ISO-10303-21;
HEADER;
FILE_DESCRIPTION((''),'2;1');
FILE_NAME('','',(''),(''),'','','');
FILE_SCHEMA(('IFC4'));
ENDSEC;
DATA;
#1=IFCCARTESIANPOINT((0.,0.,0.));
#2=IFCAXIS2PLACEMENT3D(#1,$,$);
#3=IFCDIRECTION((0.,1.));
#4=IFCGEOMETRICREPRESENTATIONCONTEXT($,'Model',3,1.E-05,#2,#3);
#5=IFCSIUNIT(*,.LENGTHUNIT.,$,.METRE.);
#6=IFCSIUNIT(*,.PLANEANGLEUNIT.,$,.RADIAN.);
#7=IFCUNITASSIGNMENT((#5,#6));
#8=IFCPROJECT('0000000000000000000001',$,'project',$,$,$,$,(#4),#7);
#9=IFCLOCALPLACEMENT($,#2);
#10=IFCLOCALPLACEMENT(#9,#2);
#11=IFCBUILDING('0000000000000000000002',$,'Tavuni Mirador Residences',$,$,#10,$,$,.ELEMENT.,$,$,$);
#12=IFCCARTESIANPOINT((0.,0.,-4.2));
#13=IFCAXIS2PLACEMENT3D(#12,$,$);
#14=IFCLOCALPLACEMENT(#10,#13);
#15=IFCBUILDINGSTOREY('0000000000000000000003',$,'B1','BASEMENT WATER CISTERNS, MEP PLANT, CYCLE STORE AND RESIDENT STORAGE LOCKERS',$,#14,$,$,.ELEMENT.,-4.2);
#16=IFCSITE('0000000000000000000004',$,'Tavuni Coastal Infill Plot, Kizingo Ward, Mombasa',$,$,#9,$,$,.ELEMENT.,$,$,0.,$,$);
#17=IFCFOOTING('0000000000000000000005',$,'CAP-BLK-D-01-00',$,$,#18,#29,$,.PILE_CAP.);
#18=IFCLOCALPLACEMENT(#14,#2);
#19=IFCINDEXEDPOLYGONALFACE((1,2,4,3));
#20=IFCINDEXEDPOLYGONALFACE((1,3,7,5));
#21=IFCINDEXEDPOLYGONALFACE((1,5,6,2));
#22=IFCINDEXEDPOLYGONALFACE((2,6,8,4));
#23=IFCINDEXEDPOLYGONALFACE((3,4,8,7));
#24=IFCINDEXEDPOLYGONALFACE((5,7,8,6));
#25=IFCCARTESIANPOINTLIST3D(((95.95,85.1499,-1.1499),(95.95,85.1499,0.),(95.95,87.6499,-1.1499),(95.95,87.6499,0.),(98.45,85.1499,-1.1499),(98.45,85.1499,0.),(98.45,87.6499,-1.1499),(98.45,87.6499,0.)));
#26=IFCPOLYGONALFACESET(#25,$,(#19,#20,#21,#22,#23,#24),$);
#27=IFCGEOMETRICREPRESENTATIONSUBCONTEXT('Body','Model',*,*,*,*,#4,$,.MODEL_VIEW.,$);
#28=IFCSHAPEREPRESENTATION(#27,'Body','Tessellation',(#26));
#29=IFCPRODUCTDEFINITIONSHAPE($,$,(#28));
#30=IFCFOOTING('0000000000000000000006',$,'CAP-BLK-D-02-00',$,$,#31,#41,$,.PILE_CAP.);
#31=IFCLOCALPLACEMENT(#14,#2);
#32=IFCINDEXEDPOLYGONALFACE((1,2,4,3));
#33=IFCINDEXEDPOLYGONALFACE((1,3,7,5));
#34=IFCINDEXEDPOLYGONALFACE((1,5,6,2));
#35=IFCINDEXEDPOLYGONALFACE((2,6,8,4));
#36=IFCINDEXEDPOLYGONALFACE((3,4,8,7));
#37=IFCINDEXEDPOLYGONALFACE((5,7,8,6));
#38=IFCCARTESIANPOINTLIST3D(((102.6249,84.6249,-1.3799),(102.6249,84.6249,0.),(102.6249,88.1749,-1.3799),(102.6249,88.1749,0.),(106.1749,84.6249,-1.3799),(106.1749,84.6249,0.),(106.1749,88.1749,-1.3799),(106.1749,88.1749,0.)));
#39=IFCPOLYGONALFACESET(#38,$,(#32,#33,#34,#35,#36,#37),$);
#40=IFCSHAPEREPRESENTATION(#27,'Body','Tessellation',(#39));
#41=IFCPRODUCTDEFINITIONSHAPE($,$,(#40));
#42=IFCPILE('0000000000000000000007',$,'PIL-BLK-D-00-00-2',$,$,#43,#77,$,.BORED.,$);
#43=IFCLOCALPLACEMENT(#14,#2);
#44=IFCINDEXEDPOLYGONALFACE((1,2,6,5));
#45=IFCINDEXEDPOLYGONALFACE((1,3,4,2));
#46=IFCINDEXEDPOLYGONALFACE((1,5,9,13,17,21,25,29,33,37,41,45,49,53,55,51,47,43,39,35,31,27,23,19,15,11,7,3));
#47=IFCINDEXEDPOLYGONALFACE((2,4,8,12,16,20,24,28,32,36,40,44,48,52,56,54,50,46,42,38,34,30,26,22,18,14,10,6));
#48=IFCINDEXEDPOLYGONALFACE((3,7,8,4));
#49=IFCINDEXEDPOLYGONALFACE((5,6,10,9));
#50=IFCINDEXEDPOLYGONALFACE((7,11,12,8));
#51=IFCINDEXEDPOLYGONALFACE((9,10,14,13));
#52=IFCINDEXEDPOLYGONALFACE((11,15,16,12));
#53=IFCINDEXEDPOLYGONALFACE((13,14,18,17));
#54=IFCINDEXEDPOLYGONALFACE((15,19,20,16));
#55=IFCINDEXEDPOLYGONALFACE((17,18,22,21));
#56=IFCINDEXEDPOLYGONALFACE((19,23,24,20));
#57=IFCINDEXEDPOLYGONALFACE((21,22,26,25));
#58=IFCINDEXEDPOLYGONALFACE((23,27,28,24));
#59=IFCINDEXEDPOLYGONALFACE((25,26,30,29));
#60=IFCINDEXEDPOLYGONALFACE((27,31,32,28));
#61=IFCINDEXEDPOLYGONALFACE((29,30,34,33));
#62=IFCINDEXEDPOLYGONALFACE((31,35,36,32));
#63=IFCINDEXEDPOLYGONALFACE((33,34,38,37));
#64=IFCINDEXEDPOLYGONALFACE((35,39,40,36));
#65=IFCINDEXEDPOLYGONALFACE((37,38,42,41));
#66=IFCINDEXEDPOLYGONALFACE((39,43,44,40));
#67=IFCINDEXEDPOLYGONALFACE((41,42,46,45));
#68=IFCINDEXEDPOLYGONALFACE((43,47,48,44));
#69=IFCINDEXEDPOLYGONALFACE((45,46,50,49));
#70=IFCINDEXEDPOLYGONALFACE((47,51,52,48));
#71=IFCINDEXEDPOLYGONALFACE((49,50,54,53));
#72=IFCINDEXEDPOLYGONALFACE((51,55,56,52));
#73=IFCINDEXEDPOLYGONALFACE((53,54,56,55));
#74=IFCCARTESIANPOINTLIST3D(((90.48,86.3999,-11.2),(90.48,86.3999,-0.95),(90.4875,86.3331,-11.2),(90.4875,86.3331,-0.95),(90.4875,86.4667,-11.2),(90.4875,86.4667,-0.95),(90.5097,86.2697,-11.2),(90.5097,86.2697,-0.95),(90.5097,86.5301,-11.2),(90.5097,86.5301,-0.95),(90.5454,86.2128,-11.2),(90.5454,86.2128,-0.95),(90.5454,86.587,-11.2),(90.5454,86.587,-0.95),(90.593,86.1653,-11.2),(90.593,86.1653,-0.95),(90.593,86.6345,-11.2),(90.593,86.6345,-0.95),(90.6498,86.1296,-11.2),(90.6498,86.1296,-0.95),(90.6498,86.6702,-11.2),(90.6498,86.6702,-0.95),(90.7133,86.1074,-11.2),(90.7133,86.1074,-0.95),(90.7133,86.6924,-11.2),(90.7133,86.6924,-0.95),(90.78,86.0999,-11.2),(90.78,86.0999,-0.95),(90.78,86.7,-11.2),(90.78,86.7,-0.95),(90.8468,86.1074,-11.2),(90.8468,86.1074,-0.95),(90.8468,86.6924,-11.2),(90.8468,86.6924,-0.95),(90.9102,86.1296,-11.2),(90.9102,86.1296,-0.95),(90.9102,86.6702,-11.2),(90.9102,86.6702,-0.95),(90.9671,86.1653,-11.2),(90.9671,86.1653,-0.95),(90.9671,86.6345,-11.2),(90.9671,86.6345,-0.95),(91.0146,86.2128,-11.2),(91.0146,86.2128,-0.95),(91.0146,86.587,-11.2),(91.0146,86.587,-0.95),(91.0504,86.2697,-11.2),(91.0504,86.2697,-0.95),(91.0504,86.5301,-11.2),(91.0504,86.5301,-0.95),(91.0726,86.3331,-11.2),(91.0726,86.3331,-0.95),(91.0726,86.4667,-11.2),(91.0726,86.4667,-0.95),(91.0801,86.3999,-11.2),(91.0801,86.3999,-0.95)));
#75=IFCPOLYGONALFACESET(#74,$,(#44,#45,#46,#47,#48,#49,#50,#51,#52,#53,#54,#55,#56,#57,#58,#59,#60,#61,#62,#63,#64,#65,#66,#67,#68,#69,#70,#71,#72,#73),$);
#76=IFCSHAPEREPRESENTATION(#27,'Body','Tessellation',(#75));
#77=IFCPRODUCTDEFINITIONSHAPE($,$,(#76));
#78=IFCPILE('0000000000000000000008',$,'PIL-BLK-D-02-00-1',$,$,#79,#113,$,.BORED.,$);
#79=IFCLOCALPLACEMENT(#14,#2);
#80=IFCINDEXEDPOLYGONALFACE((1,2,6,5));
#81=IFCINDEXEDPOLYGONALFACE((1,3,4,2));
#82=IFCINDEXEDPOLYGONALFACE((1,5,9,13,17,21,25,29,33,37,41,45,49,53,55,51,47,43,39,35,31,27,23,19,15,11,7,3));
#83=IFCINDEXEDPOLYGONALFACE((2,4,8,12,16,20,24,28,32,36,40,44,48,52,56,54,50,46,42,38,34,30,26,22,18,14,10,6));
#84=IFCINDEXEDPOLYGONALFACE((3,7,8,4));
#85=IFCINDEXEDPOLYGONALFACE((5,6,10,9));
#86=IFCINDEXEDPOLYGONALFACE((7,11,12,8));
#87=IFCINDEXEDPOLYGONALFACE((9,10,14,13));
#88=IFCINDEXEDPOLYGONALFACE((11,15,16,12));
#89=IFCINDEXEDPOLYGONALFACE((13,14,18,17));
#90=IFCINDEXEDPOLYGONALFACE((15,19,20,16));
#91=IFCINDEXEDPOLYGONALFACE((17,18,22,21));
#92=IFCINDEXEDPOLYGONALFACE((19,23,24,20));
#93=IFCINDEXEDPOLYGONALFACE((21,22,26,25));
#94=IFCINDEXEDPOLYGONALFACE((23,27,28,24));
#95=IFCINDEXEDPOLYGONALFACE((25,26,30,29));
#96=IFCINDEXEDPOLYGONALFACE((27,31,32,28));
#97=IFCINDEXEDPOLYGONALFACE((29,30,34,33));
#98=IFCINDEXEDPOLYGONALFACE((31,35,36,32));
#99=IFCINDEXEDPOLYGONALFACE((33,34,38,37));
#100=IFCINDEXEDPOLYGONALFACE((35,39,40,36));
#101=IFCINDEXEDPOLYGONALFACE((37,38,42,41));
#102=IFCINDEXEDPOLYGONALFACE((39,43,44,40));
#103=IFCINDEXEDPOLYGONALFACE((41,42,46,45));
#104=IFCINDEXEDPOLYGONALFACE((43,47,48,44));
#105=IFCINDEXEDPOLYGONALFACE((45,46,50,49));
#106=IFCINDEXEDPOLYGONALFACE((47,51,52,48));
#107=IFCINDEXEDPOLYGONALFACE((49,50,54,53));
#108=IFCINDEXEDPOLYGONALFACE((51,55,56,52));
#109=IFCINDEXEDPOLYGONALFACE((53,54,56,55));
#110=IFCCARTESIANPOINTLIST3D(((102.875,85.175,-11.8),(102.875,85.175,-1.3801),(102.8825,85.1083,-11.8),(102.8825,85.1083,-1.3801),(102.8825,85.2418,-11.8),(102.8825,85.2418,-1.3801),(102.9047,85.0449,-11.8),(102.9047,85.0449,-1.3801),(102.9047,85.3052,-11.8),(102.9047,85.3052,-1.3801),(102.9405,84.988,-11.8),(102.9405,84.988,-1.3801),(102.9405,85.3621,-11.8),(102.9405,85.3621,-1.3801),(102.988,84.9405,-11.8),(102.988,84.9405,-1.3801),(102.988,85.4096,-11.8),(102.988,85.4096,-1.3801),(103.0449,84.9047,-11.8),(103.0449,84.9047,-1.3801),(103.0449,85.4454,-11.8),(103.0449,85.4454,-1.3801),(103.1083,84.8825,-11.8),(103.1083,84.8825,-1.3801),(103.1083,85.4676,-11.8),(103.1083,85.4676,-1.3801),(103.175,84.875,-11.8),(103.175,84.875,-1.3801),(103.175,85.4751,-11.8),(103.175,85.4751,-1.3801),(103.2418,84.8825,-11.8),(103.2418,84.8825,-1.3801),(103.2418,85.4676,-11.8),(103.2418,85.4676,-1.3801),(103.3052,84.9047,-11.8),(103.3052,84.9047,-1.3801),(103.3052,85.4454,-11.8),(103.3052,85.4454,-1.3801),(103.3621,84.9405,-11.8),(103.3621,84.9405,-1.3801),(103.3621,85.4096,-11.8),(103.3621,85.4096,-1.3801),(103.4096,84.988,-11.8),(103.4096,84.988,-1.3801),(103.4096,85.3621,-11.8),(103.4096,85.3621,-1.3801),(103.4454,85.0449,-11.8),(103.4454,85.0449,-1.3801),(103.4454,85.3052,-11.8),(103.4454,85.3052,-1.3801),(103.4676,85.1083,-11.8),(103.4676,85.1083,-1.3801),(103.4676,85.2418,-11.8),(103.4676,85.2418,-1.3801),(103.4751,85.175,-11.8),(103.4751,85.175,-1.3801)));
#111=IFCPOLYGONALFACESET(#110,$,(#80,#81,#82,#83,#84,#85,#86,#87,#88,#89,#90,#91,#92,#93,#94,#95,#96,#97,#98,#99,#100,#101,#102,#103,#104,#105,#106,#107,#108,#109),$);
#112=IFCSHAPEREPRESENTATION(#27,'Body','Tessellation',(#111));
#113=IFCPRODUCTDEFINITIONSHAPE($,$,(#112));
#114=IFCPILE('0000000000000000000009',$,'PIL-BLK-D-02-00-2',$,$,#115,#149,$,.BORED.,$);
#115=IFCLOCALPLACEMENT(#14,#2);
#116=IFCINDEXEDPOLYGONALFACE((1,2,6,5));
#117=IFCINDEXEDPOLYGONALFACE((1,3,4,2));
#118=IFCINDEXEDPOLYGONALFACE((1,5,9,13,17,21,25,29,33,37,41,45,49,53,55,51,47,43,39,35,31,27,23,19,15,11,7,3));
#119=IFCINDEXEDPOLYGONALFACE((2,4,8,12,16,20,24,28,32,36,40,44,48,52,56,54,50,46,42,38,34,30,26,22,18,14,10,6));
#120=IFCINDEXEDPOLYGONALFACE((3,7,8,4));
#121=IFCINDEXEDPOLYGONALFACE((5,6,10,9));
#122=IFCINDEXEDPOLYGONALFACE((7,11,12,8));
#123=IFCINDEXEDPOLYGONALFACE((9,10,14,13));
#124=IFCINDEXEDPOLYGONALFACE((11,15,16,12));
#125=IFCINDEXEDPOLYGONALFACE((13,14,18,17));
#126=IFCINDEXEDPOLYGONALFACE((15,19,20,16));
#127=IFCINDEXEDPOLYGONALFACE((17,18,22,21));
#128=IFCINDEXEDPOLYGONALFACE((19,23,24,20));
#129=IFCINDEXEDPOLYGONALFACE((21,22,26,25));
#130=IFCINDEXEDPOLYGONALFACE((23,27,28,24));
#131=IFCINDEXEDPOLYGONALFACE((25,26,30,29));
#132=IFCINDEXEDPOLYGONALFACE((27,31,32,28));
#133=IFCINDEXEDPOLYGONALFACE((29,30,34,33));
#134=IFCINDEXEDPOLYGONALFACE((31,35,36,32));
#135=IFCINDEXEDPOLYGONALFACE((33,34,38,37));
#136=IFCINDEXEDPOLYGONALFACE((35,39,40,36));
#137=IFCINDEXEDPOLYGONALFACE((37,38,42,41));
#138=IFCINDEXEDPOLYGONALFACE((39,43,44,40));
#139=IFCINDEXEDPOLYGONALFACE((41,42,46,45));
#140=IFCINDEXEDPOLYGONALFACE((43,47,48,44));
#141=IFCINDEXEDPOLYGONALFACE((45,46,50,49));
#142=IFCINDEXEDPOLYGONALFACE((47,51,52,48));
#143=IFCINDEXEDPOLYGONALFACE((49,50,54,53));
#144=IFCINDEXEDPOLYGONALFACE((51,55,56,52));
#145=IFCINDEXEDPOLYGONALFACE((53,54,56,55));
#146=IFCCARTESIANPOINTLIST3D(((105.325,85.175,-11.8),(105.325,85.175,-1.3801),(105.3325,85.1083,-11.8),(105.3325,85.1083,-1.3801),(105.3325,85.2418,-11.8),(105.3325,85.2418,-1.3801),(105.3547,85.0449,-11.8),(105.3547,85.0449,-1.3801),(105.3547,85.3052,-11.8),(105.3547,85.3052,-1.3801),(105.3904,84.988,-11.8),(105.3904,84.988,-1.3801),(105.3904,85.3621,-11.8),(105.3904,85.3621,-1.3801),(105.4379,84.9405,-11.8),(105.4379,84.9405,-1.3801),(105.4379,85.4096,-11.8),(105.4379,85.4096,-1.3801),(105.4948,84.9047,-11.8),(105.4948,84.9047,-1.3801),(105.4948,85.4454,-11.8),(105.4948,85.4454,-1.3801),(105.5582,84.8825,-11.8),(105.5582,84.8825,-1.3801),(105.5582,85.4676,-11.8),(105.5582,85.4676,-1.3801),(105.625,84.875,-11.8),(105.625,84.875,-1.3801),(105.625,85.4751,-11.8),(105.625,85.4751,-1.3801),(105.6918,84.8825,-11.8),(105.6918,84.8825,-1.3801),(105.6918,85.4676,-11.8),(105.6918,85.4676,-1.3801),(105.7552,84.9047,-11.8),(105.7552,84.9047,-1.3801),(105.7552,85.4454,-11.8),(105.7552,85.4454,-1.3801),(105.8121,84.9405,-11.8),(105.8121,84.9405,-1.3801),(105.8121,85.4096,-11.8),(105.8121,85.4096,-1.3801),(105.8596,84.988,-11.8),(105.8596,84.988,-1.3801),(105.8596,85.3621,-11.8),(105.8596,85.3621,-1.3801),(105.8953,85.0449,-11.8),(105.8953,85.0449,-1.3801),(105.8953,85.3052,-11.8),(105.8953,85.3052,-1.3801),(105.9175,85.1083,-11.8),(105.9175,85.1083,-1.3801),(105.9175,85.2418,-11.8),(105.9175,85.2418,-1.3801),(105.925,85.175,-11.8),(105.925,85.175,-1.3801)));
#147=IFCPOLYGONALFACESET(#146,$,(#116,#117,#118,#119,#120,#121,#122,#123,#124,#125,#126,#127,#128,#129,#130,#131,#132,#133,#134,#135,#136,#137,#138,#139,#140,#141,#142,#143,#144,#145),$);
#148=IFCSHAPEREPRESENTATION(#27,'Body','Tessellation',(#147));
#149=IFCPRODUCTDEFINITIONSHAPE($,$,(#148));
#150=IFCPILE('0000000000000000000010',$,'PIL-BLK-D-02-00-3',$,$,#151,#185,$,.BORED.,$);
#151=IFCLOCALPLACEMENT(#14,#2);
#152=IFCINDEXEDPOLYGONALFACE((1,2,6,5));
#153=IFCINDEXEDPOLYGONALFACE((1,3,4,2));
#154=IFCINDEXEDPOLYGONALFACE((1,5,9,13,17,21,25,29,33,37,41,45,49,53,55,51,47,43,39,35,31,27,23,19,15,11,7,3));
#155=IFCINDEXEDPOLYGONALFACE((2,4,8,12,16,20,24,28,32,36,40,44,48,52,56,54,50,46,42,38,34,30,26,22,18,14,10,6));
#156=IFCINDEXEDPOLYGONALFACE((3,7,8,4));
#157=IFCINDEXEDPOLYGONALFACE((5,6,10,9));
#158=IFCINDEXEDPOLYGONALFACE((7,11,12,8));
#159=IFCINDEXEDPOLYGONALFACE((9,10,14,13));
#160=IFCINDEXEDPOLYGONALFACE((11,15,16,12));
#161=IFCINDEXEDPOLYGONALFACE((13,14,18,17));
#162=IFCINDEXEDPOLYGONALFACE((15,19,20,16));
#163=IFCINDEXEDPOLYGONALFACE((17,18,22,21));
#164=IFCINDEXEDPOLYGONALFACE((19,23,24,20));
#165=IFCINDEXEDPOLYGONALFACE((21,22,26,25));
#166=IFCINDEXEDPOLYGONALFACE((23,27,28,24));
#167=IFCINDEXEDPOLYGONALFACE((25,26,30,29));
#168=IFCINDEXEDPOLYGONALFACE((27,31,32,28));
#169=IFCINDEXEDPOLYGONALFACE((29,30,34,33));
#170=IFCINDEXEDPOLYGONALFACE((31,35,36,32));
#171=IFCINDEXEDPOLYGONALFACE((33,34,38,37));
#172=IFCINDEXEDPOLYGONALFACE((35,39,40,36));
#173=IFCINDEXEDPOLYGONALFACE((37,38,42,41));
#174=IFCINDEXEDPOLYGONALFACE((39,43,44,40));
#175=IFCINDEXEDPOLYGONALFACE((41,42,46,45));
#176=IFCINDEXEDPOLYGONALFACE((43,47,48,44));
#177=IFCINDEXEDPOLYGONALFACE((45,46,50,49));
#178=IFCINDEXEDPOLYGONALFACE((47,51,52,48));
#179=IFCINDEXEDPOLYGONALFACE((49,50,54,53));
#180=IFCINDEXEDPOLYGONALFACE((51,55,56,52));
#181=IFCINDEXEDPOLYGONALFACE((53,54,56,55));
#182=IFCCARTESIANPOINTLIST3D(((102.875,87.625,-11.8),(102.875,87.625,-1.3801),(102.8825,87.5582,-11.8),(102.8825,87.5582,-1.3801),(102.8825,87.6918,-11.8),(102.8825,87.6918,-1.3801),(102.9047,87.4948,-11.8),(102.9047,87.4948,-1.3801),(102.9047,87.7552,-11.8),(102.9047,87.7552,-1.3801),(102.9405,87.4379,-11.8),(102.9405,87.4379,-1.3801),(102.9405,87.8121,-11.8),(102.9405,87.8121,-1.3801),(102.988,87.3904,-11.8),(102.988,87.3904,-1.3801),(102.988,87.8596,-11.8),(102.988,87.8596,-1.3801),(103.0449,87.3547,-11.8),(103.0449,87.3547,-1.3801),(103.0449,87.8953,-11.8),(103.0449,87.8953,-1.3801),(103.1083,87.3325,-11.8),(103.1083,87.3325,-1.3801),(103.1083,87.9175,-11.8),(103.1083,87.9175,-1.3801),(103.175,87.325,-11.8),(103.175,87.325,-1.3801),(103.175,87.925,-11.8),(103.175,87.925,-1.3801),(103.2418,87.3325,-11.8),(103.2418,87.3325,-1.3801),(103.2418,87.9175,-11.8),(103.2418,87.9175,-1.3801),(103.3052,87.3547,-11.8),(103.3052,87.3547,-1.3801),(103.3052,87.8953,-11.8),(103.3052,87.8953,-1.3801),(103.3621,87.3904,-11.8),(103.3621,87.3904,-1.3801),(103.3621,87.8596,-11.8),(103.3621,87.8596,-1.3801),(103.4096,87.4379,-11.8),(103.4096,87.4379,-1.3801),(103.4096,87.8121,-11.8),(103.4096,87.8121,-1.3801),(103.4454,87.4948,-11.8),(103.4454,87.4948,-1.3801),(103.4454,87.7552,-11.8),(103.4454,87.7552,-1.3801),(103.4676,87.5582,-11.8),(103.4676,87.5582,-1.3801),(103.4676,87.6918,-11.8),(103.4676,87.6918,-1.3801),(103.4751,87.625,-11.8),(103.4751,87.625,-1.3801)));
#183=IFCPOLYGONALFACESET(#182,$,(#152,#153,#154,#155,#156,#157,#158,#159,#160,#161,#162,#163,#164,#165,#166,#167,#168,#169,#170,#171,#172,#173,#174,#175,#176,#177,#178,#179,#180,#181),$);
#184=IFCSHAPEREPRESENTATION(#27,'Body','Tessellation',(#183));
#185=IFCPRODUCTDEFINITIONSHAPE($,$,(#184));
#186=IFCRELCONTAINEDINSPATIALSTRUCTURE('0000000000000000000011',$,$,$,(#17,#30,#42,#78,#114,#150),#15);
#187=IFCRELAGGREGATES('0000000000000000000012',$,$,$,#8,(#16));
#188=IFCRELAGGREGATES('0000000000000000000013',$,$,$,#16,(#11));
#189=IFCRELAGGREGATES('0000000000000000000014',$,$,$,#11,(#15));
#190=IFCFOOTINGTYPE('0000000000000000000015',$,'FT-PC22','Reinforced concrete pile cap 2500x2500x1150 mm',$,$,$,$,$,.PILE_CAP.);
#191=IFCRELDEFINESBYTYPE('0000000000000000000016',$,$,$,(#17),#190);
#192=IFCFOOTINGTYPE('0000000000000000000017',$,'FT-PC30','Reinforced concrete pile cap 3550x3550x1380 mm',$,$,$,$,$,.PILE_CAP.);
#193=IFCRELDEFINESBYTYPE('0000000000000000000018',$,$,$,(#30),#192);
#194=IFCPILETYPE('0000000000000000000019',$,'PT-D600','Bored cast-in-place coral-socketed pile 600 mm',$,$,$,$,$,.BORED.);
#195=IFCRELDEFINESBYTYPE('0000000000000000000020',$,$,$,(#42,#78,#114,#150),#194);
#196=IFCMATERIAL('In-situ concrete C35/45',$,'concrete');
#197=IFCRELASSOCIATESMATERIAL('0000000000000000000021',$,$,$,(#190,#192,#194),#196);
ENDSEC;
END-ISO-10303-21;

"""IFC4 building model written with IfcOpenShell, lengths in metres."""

from ifc_helpers import new_model, si_unit, direction, frame, origin, origin_2d, place, context, subcontext, project, spatial, rectangle, circle, extrude, material, material_profile, profile_set, type_object, element, save


model = new_model("IFC4")

# Units and contexts
model_context = context("Model", 3, precision=1e-05, world=origin(), true_north=direction((0.0, 1.0)))
body_context = subcontext(model_context, "Body", "Model", "MODEL_VIEW")
ifc_project = project(units=[si_unit("LENGTHUNIT", "METRE"), si_unit("PLANEANGLEUNIT", "RADIAN")], contexts=[model_context])

# Site, building, storey
site_placement = place(None, origin())
site = spatial("IfcSite", under=ifc_project, at=site_placement, Name="Tavuni Coastal Infill Plot, Kizingo Ward, Mombasa", CompositionType="ELEMENT", RefElevation=0.0)
building_placement = place(site_placement, origin())
building = spatial("IfcBuilding", under=site, at=building_placement, Name="Tavuni Mirador Residences", CompositionType="ELEMENT")
storey_placement = place(building_placement, frame((0.0, 0.0, -4.2)))
storey = spatial("IfcBuildingStorey", under=building, at=storey_placement, Name="B1", Description="BASEMENT WATER CISTERNS, MEP PLANT, CYCLE STORE AND RESIDENT STORAGE LOCKERS", CompositionType="ELEMENT", Elevation=-4.2)

# Footings
ifc_material_1 = material(Name="In-situ concrete C35/45", Category="concrete")
footing_type_1 = type_object("IfcFootingType", Name="FT-PC22", Description="Reinforced concrete pile cap 2500x2500x1150 mm", PredefinedType="PILE_CAP", material=ifc_material_1)
footing_1_placement = place(storey_placement, frame((97.2, 86.3999, -1.1499), z_axis=(0.0, 0.0, 1.0), x_axis=(1.0, 0.0, 0.0)))
element("IfcFooting", 1, at=footing_1_placement, inside=storey, type_object=footing_type_1, Name="CAP-BLK-D-01-00", PredefinedType="PILE_CAP", context=body_context, shape_type="SweptSolid", body=[
    extrude(rectangle(XDim=2.5, YDim=2.5, at=origin_2d()), origin(), (0.0, 0.0, 1.0), 1.1499),
])
footing_type_2 = type_object("IfcFootingType", Name="FT-PC30", Description="Reinforced concrete pile cap 3550x3550x1380 mm", PredefinedType="PILE_CAP", material=ifc_material_1)
footing_2_placement = place(storey_placement, frame((104.3999, 86.3999, -1.3799), z_axis=(0.0, 0.0, 1.0), x_axis=(1.0, 0.0, 0.0)))
element("IfcFooting", 2, at=footing_2_placement, inside=storey, type_object=footing_type_2, Name="CAP-BLK-D-02-00", PredefinedType="PILE_CAP", context=body_context, shape_type="SweptSolid", body=[
    extrude(rectangle(XDim=3.55, YDim=3.55, at=origin_2d()), origin(), (0.0, 0.0, 1.0), 1.3799),
])

# Piles
ifc_material_profile_1 = material_profile(ifc_material_1, circle(Radius=0.3, at=origin_2d()), Name="PILE D600", Category="concrete")
ifc_profile_set_1 = profile_set([ifc_material_profile_1], Name="In-situ concrete C35/45")
pile_type_1 = type_object("IfcPileType", Name="PT-D600", Description="Bored cast-in-place coral-socketed pile 600 mm", PredefinedType="BORED", material=ifc_profile_set_1)
pile_1_placement = place(storey_placement, frame((90.78, 86.3999, -0.95), z_axis=(0.0, 0.0, -1.0), x_axis=(1.0, 0.0, 0.0)))
element("IfcPile", 3, at=pile_1_placement, inside=storey, type_object=pile_type_1, Name="PIL-BLK-D-00-00-2", PredefinedType="BORED", context=body_context, shape_type="SweptSolid", body=[
    extrude(circle(Radius=0.3, at=origin_2d()), origin(), (0.0, 0.0, 1.0), 10.25),
])
for number, where, z_axis, x_axis, name in (
    (4, (103.175, 85.175, -1.3801), (0.0, 0.0, -1.0), (1.0, 0.0, 0.0), "PIL-BLK-D-02-00-1"),
    (5, (105.625, 85.175, -1.3801), (0.0, 0.0, -1.0), (1.0, 0.0, 0.0), "PIL-BLK-D-02-00-2"),
    (6, (103.175, 87.625, -1.3801), (0.0, 0.0, -1.0), (1.0, 0.0, 0.0), "PIL-BLK-D-02-00-3"),
):
    element("IfcPile", number, at=place(storey_placement, frame(where, z_axis=z_axis, x_axis=x_axis)), inside=storey, type_object=pile_type_1, Name=name, PredefinedType="BORED", context=body_context, shape_type="SweptSolid", body=[
        extrude(circle(Radius=0.3, at=origin_2d()), origin(), (0.0, 0.0, 1.0), 10.4199),
    ])

save(model, "model.ifc")
